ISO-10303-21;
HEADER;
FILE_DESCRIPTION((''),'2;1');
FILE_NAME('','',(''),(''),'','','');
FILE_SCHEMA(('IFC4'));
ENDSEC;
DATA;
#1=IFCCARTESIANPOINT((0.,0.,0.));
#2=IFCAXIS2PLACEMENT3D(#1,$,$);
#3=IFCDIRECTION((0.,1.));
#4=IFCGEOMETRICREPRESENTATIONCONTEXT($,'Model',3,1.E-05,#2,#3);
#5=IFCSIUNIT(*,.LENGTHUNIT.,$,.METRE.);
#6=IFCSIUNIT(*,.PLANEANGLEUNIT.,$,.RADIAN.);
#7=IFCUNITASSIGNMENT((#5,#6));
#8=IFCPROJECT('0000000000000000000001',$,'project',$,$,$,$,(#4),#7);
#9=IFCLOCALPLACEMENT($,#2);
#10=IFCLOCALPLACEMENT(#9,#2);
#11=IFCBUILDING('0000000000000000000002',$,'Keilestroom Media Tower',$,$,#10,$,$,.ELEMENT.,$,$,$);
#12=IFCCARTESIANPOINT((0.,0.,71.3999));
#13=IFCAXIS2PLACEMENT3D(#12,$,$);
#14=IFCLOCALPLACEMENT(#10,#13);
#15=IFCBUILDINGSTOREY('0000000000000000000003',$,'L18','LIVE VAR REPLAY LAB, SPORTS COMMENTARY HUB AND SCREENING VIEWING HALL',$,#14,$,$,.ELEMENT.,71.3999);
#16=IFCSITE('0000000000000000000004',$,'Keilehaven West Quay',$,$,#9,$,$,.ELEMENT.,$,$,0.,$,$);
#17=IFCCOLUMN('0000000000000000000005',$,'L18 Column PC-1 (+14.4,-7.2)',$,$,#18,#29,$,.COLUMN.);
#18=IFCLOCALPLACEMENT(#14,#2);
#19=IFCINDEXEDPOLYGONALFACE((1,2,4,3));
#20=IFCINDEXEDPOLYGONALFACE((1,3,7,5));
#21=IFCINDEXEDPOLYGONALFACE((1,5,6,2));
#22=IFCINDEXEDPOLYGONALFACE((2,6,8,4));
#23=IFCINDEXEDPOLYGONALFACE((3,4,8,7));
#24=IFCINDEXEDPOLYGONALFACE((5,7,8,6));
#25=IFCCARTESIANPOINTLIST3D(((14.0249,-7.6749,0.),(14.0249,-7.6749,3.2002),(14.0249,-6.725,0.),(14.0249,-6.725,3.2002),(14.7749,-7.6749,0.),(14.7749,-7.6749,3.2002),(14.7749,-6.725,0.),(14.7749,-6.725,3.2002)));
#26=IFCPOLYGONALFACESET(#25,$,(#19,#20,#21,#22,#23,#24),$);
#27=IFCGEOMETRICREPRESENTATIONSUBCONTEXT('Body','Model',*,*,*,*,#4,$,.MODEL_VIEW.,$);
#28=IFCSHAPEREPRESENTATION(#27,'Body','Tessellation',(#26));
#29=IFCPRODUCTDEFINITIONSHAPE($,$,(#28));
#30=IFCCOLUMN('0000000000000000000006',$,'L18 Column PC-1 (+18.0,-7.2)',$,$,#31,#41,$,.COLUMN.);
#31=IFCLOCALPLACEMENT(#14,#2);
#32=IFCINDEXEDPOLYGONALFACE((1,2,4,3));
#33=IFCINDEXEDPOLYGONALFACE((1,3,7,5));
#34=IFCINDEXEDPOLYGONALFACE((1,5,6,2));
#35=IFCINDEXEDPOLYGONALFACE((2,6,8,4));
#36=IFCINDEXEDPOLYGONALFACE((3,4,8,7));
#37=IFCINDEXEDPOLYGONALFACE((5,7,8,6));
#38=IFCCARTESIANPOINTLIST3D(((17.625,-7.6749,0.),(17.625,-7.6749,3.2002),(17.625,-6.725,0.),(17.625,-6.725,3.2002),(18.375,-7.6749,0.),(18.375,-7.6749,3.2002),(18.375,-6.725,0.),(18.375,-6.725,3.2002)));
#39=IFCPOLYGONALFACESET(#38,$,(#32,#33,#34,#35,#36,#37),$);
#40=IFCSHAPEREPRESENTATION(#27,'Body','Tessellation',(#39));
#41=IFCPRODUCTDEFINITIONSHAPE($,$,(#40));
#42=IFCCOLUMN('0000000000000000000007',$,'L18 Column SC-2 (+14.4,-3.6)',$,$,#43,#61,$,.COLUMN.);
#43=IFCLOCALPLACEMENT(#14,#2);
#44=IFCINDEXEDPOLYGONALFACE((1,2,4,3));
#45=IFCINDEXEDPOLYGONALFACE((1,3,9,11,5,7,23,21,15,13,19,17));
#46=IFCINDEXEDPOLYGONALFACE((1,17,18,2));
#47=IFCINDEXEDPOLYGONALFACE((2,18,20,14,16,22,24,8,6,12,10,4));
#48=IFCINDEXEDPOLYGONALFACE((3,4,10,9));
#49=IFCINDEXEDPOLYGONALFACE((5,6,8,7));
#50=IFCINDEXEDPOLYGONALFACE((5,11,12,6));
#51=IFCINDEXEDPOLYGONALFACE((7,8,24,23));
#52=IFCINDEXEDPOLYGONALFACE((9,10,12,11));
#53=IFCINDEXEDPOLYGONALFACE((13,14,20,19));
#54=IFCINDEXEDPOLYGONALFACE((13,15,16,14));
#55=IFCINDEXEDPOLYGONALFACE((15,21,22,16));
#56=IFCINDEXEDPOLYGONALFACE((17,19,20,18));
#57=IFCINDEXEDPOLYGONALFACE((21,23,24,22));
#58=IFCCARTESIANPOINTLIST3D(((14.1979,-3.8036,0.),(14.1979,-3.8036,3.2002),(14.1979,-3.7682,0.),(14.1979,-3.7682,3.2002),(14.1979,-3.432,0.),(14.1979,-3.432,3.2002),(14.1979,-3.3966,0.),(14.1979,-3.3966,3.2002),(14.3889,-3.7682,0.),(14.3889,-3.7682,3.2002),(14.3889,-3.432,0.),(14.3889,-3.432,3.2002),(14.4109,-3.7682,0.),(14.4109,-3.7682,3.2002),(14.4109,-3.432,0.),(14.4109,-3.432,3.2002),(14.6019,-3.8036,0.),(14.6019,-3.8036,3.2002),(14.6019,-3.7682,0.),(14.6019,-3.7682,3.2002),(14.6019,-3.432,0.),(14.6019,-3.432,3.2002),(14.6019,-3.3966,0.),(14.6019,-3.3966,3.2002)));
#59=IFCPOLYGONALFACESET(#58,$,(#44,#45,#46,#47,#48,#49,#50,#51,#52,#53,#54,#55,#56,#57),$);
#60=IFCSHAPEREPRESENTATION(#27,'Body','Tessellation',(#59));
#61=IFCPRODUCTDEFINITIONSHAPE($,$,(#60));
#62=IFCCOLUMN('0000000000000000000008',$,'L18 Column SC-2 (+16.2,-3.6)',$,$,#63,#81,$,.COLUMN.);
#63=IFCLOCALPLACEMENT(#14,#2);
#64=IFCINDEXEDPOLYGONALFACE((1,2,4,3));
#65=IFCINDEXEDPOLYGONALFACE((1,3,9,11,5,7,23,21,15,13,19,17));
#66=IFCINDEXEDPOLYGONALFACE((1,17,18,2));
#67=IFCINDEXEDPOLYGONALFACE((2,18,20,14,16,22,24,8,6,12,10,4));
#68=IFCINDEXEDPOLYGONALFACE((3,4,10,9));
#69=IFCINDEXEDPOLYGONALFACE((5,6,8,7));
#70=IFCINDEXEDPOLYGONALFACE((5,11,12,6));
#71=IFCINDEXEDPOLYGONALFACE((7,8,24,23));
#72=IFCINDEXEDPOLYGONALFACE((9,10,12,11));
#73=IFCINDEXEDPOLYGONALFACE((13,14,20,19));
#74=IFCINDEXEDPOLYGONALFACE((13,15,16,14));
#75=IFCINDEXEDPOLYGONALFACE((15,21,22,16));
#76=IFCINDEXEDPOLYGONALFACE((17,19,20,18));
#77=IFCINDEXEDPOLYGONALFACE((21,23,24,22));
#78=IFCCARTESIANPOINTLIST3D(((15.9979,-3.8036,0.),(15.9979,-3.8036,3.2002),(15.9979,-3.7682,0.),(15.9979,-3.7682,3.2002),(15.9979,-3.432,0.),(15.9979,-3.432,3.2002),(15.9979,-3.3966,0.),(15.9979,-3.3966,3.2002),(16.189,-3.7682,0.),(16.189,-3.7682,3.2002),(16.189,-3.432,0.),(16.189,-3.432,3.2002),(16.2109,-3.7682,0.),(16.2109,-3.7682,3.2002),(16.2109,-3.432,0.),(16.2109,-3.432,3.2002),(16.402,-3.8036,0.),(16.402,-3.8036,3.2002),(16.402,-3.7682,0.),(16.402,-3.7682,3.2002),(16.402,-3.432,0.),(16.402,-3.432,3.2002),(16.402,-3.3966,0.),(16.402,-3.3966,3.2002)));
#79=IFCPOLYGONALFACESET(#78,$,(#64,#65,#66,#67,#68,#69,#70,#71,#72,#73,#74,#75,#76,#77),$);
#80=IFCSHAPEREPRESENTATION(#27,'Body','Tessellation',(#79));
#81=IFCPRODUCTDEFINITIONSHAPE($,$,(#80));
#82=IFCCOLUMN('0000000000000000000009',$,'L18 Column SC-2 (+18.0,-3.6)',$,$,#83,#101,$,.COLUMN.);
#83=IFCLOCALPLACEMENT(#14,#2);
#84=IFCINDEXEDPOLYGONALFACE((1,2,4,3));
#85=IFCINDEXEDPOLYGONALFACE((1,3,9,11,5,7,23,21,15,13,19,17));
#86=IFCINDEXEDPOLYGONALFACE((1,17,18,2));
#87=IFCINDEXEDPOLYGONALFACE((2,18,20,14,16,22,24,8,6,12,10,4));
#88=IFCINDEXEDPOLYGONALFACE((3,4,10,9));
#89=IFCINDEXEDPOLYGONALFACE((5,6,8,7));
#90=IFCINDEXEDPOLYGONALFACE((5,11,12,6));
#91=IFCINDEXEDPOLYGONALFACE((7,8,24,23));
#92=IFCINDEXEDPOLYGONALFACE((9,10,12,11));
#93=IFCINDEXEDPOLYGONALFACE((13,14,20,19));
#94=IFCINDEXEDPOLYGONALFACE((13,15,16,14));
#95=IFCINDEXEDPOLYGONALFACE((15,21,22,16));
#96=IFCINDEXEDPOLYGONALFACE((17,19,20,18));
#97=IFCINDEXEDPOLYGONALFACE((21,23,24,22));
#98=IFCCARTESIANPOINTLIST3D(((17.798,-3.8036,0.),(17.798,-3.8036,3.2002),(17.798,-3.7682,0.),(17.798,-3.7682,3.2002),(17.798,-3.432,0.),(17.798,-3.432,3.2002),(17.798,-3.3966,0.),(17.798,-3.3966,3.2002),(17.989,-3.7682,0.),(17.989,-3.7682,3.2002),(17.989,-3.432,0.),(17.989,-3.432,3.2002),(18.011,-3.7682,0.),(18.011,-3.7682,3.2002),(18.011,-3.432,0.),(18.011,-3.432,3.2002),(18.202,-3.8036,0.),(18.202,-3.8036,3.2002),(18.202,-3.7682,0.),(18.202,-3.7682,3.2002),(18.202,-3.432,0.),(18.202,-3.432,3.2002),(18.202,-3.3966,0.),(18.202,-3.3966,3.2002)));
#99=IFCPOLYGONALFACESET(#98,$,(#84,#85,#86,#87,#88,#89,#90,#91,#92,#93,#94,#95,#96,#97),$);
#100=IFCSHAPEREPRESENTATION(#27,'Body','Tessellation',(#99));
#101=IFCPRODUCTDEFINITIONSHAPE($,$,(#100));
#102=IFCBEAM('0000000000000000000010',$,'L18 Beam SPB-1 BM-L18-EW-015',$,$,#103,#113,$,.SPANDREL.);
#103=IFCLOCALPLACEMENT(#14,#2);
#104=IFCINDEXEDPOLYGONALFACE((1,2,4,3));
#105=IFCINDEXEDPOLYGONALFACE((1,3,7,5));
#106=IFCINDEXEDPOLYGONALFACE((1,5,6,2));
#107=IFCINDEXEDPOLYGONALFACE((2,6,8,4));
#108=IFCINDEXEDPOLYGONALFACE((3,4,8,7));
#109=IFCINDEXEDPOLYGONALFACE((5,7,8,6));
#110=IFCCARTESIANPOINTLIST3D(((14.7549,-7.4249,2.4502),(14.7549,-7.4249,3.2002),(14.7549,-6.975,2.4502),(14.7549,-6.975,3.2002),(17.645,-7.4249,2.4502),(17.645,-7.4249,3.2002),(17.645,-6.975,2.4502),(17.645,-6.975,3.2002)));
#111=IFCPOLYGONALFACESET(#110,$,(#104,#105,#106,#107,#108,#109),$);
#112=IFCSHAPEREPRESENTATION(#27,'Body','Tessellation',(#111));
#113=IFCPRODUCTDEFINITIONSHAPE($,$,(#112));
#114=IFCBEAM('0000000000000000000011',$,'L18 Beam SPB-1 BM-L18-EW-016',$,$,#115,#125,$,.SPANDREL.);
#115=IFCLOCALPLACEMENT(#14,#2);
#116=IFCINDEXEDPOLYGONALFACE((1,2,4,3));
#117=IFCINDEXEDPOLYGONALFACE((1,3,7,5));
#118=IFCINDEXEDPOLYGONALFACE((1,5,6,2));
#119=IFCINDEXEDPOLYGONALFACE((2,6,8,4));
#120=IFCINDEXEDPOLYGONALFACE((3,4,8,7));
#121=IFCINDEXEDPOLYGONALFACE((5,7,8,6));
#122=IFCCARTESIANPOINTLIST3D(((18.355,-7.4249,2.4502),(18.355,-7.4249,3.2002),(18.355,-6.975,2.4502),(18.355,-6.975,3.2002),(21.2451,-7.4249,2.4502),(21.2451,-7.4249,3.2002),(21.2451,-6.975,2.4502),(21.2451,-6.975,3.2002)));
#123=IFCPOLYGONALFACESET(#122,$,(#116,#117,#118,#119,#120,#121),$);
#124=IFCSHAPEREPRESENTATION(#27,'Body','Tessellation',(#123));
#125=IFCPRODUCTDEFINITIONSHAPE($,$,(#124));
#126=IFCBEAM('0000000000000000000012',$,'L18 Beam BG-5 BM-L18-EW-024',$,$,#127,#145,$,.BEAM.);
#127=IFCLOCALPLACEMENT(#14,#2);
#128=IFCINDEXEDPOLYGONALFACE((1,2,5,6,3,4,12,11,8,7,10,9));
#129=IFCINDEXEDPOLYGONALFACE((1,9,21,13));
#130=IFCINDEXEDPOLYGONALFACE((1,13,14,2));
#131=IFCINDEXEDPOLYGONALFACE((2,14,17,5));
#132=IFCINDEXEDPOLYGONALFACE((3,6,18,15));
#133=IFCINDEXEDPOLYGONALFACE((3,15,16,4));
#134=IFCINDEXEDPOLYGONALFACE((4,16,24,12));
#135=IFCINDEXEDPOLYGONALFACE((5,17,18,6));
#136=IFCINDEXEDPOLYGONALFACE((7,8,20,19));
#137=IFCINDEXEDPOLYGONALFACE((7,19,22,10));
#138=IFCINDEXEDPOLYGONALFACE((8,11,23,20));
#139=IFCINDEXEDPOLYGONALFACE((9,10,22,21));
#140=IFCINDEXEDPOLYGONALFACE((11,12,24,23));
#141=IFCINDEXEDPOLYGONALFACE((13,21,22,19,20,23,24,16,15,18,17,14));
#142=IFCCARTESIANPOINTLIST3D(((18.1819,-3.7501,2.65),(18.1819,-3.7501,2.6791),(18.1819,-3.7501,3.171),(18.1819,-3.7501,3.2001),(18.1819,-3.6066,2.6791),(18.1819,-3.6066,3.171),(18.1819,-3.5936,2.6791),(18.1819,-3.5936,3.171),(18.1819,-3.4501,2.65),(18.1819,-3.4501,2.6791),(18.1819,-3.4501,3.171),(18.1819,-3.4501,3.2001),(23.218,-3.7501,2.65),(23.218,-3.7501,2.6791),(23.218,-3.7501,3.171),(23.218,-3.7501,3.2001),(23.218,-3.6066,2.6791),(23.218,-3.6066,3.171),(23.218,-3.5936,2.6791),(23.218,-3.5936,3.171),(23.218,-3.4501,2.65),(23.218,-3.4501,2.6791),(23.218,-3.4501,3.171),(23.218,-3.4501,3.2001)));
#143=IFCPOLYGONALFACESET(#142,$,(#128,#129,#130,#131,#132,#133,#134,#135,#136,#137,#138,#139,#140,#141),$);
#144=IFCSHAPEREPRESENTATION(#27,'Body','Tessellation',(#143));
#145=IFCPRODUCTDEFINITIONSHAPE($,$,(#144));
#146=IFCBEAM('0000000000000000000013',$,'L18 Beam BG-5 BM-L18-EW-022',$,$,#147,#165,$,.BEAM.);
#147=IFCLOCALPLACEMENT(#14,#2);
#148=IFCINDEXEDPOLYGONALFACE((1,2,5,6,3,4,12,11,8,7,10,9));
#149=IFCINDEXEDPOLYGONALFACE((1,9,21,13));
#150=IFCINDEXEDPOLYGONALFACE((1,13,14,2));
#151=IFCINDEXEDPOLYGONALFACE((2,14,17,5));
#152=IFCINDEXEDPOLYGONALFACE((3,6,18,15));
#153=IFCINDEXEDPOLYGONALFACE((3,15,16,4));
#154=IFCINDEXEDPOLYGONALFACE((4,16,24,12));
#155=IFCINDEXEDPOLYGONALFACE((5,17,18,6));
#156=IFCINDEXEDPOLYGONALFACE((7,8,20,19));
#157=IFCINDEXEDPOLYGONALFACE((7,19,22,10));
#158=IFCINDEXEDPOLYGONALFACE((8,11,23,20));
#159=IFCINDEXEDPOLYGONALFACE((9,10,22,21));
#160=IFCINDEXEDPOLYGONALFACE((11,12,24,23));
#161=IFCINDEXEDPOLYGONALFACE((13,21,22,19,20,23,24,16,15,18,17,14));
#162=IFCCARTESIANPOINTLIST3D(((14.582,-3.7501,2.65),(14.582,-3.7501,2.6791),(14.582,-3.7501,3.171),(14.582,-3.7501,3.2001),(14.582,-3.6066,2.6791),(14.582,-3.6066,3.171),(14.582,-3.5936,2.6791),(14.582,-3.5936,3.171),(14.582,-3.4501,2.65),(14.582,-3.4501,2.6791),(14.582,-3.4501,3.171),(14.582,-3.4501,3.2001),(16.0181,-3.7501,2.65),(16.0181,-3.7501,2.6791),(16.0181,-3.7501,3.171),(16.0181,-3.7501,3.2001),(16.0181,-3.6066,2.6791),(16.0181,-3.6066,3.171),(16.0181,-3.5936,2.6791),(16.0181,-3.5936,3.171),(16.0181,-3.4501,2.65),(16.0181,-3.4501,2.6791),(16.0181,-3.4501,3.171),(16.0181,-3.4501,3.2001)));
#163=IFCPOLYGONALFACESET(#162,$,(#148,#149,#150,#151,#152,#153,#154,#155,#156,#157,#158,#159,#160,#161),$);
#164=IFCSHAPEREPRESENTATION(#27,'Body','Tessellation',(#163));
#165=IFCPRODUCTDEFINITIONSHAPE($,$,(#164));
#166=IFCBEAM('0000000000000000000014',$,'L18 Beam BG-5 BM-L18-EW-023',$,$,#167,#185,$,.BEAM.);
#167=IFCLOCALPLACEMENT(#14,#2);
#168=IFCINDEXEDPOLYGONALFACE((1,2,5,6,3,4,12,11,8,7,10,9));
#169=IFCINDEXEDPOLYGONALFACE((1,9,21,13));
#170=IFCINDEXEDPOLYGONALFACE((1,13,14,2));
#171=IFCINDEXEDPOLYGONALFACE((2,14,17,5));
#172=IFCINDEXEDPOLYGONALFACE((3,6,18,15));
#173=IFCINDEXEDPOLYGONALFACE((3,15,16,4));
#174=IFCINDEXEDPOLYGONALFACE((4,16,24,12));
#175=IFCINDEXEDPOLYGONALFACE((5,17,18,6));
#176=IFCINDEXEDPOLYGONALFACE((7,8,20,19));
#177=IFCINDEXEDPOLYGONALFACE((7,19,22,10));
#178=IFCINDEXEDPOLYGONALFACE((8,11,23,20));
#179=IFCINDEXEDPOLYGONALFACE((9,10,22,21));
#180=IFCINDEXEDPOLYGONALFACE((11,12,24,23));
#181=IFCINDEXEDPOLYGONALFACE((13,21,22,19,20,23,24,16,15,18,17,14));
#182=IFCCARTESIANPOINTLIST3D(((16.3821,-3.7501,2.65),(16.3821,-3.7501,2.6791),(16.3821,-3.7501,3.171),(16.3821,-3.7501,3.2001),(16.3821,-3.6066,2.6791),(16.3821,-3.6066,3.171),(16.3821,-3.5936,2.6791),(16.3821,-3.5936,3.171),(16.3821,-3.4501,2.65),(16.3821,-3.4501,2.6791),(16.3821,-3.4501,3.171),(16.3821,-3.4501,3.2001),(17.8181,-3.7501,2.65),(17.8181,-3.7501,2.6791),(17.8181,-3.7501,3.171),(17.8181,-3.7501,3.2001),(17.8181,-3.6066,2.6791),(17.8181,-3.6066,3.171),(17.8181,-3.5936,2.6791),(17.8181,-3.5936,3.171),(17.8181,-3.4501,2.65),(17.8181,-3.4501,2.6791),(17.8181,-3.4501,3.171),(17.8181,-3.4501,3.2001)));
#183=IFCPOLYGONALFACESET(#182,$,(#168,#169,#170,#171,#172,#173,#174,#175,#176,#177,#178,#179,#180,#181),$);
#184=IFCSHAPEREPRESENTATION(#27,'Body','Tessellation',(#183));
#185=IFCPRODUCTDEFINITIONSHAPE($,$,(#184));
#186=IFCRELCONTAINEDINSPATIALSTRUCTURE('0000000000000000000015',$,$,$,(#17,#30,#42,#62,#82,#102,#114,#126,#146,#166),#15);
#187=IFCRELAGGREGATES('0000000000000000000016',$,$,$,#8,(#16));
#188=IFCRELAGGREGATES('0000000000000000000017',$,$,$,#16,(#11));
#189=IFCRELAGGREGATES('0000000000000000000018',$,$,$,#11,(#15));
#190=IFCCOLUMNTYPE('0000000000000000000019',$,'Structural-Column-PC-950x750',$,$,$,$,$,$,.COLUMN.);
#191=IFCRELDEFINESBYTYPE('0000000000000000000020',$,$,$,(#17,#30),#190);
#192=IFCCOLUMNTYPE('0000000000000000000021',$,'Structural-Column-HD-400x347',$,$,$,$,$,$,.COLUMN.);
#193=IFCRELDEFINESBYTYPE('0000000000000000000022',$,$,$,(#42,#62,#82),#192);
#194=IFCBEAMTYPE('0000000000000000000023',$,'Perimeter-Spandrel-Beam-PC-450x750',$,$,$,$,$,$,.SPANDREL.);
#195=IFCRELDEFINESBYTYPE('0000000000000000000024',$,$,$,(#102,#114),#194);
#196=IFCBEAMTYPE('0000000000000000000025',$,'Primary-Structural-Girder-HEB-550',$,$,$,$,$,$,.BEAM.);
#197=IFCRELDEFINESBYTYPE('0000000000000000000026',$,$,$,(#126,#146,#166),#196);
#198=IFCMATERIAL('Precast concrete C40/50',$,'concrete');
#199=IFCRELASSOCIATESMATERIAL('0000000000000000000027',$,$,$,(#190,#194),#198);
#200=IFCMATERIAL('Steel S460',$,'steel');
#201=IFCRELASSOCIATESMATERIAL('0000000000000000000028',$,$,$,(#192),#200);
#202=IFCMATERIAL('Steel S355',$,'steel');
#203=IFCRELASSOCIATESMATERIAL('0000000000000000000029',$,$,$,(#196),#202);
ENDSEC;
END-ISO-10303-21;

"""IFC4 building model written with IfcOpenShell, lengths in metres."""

from ifc_helpers import new_model, si_unit, direction, frame, origin, origin_2d, place, context, subcontext, project, spatial, rectangle, i_section, extrude, source, transform, mapped, material, material_profile, profile_set, type_object, element, save


model = new_model("IFC4")

# Units and contexts
model_context = context("Model", 3, precision=1e-05, world=origin(), true_north=direction((0.0, 1.0)))
body_context = subcontext(model_context, "Body", "Model", "MODEL_VIEW")
ifc_project = project(units=[si_unit("LENGTHUNIT", "METRE"), si_unit("PLANEANGLEUNIT", "RADIAN")], contexts=[model_context])

# Site, building, storey
site_placement = place(None, origin())
site = spatial("IfcSite", under=ifc_project, at=site_placement, Name="Keilehaven West Quay", CompositionType="ELEMENT", RefElevation=0.0)
building_placement = place(site_placement, origin())
building = spatial("IfcBuilding", under=site, at=building_placement, Name="Keilestroom Media Tower", CompositionType="ELEMENT")
storey_placement = place(building_placement, frame((0.0, 0.0, 71.3999)))
storey = spatial("IfcBuildingStorey", under=building, at=storey_placement, Name="L18", Description="LIVE VAR REPLAY LAB, SPORTS COMMENTARY HUB AND SCREENING VIEWING HALL", CompositionType="ELEMENT", Elevation=71.3999)

# Columns
ifc_material_1 = material(Name="Precast concrete C40/50", Category="concrete")
ifc_material_profile_1 = material_profile(ifc_material_1, rectangle(XDim=0.75, YDim=0.95, at=origin_2d()), Name="PC 950x750")
ifc_profile_set_1 = profile_set([ifc_material_profile_1], Name="Precast concrete C40/50")
column_type_1 = type_object("IfcColumnType", Name="Structural-Column-PC-950x750", PredefinedType="COLUMN", material=ifc_profile_set_1)
shared_shape_1 = source(origin(), body_context, "Body", "SweptSolid", [
    extrude(rectangle(XDim=0.75, YDim=0.95, at=origin_2d()), origin(), (0.0, 0.0, 1.0), 3.2002),
])
for number, where, z_axis, x_axis, name in (
    (1, (14.3999, -7.2, 0.0), (0.0, 0.0, 1.0), (1.0, 0.0, 0.0), "L18 Column PC-1 (+14.4,-7.2)"),
    (2, (18.0, -7.2, 0.0), (0.0, 0.0, 1.0), (1.0, 0.0, 0.0), "L18 Column PC-1 (+18.0,-7.2)"),
):
    element("IfcColumn", number, at=place(storey_placement, frame(where, z_axis=z_axis, x_axis=x_axis)), inside=storey, type_object=column_type_1, Name=name, PredefinedType="COLUMN", context=body_context, shape_type="MappedRepresentation", body=[
        mapped(shared_shape_1, transform((0.0, 0.0, 0.0), x_axis=(1.0, 0.0, 0.0), y_axis=(0.0, 1.0, 0.0), z_axis=(0.0, 0.0, 1.0), scale=1.0)),
    ])
ifc_material_2 = material(Name="Steel S460", Category="steel")
ifc_material_profile_2 = material_profile(ifc_material_2, i_section(OverallWidth=0.4041, OverallDepth=0.407, WebThickness=0.022, FlangeThickness=0.0354, at=origin_2d()), Name="HD 400x347")
ifc_profile_set_2 = profile_set([ifc_material_profile_2], Name="Steel S460")
column_type_2 = type_object("IfcColumnType", Name="Structural-Column-HD-400x347", PredefinedType="COLUMN", material=ifc_profile_set_2)
shared_shape_2 = source(origin(), body_context, "Body", "SweptSolid", [
    extrude(i_section(OverallWidth=0.4041, OverallDepth=0.407, WebThickness=0.022, FlangeThickness=0.0354, at=origin_2d()), origin(), (0.0, 0.0, 1.0), 3.2002),
])
for number, where, z_axis, x_axis, name in (
    (3, (14.3999, -3.6001, 0.0), (0.0, 0.0, 1.0), (1.0, 0.0, 0.0), "L18 Column SC-2 (+14.4,-3.6)"),
    (4, (16.2, -3.6001, 0.0), (0.0, 0.0, 1.0), (1.0, 0.0, 0.0), "L18 Column SC-2 (+16.2,-3.6)"),
    (5, (18.0, -3.6001, 0.0), (0.0, 0.0, 1.0), (1.0, 0.0, 0.0), "L18 Column SC-2 (+18.0,-3.6)"),
):
    element("IfcColumn", number, at=place(storey_placement, frame(where, z_axis=z_axis, x_axis=x_axis)), inside=storey, type_object=column_type_2, Name=name, PredefinedType="COLUMN", context=body_context, shape_type="MappedRepresentation", body=[
        mapped(shared_shape_2, transform((0.0, 0.0, 0.0), x_axis=(1.0, 0.0, 0.0), y_axis=(0.0, 1.0, 0.0), z_axis=(0.0, 0.0, 1.0), scale=1.0)),
    ])

# Beams
ifc_material_profile_3 = material_profile(ifc_material_1, rectangle(XDim=0.45, YDim=0.75, at=origin_2d()), Name="PC 450x750")
ifc_profile_set_3 = profile_set([ifc_material_profile_3], Name="Precast concrete C40/50")
beam_type_1 = type_object("IfcBeamType", Name="Perimeter-Spandrel-Beam-PC-450x750", PredefinedType="SPANDREL", material=ifc_profile_set_3)
shared_shape_3 = source(origin(), body_context, "Body", "SweptSolid", [
    extrude(rectangle(XDim=0.45, YDim=0.75, at=origin_2d()), origin(), (0.0, 0.0, 1.0), 2.8901),
])
for number, where, z_axis, x_axis, name in (
    (6, (14.7549, -7.2, 2.8252), (1.0, 0.0, 0.0), (0.0, 1.0, 0.0), "L18 Beam SPB-1 BM-L18-EW-015"),
    (7, (18.355, -7.2, 2.8252), (1.0, 0.0, 0.0), (0.0, 1.0, 0.0), "L18 Beam SPB-1 BM-L18-EW-016"),
):
    element("IfcBeam", number, at=place(storey_placement, frame(where, z_axis=z_axis, x_axis=x_axis)), inside=storey, type_object=beam_type_1, Name=name, PredefinedType="SPANDREL", context=body_context, shape_type="MappedRepresentation", body=[
        mapped(shared_shape_3, transform((0.0, 0.0, 0.0), x_axis=(1.0, 0.0, 0.0), y_axis=(0.0, 1.0, 0.0), z_axis=(0.0, 0.0, 1.0), scale=1.0)),
    ])
ifc_material_3 = material(Name="Steel S355", Category="steel")
ifc_material_profile_4 = material_profile(ifc_material_3, i_section(OverallWidth=0.3, OverallDepth=0.55, WebThickness=0.0129, FlangeThickness=0.0291, at=origin_2d()), Name="HEB 550")
ifc_profile_set_4 = profile_set([ifc_material_profile_4], Name="Steel S355")
beam_type_2 = type_object("IfcBeamType", Name="Primary-Structural-Girder-HEB-550", PredefinedType="BEAM", material=ifc_profile_set_4)
shared_shape_4 = source(origin(), body_context, "Body", "SweptSolid", [
    extrude(i_section(OverallWidth=0.3, OverallDepth=0.55, WebThickness=0.0129, FlangeThickness=0.0291, at=origin_2d()), origin(), (0.0, 0.0, 1.0), 5.0361),
])
beam_1_placement = place(storey_placement, frame((18.1819, -3.6001, 2.925), z_axis=(1.0, 0.0, 0.0), x_axis=(0.0, 1.0, 0.0)))
element("IfcBeam", 8, at=beam_1_placement, inside=storey, type_object=beam_type_2, Name="L18 Beam BG-5 BM-L18-EW-024", PredefinedType="BEAM", context=body_context, shape_type="MappedRepresentation", body=[
    mapped(shared_shape_4, transform((0.0, 0.0, 0.0), x_axis=(1.0, 0.0, 0.0), y_axis=(0.0, 1.0, 0.0), z_axis=(0.0, 0.0, 1.0), scale=1.0)),
])
shared_shape_5 = source(origin(), body_context, "Body", "SweptSolid", [
    extrude(i_section(OverallWidth=0.3, OverallDepth=0.55, WebThickness=0.0129, FlangeThickness=0.0291, at=origin_2d()), origin(), (0.0, 0.0, 1.0), 1.436),
])
for number, where, z_axis, x_axis, name in (
    (9, (14.582, -3.6001, 2.925), (1.0, 0.0, 0.0), (0.0, 1.0, 0.0), "L18 Beam BG-5 BM-L18-EW-022"),
    (10, (16.3821, -3.6001, 2.925), (1.0, 0.0, 0.0), (0.0, 1.0, 0.0), "L18 Beam BG-5 BM-L18-EW-023"),
):
    element("IfcBeam", number, at=place(storey_placement, frame(where, z_axis=z_axis, x_axis=x_axis)), inside=storey, type_object=beam_type_2, Name=name, PredefinedType="BEAM", context=body_context, shape_type="MappedRepresentation", body=[
        mapped(shared_shape_5, transform((0.0, 0.0, 0.0), x_axis=(1.0, 0.0, 0.0), y_axis=(0.0, 1.0, 0.0), z_axis=(0.0, 0.0, 1.0), scale=1.0)),
    ])

save(model, "model.ifc")
